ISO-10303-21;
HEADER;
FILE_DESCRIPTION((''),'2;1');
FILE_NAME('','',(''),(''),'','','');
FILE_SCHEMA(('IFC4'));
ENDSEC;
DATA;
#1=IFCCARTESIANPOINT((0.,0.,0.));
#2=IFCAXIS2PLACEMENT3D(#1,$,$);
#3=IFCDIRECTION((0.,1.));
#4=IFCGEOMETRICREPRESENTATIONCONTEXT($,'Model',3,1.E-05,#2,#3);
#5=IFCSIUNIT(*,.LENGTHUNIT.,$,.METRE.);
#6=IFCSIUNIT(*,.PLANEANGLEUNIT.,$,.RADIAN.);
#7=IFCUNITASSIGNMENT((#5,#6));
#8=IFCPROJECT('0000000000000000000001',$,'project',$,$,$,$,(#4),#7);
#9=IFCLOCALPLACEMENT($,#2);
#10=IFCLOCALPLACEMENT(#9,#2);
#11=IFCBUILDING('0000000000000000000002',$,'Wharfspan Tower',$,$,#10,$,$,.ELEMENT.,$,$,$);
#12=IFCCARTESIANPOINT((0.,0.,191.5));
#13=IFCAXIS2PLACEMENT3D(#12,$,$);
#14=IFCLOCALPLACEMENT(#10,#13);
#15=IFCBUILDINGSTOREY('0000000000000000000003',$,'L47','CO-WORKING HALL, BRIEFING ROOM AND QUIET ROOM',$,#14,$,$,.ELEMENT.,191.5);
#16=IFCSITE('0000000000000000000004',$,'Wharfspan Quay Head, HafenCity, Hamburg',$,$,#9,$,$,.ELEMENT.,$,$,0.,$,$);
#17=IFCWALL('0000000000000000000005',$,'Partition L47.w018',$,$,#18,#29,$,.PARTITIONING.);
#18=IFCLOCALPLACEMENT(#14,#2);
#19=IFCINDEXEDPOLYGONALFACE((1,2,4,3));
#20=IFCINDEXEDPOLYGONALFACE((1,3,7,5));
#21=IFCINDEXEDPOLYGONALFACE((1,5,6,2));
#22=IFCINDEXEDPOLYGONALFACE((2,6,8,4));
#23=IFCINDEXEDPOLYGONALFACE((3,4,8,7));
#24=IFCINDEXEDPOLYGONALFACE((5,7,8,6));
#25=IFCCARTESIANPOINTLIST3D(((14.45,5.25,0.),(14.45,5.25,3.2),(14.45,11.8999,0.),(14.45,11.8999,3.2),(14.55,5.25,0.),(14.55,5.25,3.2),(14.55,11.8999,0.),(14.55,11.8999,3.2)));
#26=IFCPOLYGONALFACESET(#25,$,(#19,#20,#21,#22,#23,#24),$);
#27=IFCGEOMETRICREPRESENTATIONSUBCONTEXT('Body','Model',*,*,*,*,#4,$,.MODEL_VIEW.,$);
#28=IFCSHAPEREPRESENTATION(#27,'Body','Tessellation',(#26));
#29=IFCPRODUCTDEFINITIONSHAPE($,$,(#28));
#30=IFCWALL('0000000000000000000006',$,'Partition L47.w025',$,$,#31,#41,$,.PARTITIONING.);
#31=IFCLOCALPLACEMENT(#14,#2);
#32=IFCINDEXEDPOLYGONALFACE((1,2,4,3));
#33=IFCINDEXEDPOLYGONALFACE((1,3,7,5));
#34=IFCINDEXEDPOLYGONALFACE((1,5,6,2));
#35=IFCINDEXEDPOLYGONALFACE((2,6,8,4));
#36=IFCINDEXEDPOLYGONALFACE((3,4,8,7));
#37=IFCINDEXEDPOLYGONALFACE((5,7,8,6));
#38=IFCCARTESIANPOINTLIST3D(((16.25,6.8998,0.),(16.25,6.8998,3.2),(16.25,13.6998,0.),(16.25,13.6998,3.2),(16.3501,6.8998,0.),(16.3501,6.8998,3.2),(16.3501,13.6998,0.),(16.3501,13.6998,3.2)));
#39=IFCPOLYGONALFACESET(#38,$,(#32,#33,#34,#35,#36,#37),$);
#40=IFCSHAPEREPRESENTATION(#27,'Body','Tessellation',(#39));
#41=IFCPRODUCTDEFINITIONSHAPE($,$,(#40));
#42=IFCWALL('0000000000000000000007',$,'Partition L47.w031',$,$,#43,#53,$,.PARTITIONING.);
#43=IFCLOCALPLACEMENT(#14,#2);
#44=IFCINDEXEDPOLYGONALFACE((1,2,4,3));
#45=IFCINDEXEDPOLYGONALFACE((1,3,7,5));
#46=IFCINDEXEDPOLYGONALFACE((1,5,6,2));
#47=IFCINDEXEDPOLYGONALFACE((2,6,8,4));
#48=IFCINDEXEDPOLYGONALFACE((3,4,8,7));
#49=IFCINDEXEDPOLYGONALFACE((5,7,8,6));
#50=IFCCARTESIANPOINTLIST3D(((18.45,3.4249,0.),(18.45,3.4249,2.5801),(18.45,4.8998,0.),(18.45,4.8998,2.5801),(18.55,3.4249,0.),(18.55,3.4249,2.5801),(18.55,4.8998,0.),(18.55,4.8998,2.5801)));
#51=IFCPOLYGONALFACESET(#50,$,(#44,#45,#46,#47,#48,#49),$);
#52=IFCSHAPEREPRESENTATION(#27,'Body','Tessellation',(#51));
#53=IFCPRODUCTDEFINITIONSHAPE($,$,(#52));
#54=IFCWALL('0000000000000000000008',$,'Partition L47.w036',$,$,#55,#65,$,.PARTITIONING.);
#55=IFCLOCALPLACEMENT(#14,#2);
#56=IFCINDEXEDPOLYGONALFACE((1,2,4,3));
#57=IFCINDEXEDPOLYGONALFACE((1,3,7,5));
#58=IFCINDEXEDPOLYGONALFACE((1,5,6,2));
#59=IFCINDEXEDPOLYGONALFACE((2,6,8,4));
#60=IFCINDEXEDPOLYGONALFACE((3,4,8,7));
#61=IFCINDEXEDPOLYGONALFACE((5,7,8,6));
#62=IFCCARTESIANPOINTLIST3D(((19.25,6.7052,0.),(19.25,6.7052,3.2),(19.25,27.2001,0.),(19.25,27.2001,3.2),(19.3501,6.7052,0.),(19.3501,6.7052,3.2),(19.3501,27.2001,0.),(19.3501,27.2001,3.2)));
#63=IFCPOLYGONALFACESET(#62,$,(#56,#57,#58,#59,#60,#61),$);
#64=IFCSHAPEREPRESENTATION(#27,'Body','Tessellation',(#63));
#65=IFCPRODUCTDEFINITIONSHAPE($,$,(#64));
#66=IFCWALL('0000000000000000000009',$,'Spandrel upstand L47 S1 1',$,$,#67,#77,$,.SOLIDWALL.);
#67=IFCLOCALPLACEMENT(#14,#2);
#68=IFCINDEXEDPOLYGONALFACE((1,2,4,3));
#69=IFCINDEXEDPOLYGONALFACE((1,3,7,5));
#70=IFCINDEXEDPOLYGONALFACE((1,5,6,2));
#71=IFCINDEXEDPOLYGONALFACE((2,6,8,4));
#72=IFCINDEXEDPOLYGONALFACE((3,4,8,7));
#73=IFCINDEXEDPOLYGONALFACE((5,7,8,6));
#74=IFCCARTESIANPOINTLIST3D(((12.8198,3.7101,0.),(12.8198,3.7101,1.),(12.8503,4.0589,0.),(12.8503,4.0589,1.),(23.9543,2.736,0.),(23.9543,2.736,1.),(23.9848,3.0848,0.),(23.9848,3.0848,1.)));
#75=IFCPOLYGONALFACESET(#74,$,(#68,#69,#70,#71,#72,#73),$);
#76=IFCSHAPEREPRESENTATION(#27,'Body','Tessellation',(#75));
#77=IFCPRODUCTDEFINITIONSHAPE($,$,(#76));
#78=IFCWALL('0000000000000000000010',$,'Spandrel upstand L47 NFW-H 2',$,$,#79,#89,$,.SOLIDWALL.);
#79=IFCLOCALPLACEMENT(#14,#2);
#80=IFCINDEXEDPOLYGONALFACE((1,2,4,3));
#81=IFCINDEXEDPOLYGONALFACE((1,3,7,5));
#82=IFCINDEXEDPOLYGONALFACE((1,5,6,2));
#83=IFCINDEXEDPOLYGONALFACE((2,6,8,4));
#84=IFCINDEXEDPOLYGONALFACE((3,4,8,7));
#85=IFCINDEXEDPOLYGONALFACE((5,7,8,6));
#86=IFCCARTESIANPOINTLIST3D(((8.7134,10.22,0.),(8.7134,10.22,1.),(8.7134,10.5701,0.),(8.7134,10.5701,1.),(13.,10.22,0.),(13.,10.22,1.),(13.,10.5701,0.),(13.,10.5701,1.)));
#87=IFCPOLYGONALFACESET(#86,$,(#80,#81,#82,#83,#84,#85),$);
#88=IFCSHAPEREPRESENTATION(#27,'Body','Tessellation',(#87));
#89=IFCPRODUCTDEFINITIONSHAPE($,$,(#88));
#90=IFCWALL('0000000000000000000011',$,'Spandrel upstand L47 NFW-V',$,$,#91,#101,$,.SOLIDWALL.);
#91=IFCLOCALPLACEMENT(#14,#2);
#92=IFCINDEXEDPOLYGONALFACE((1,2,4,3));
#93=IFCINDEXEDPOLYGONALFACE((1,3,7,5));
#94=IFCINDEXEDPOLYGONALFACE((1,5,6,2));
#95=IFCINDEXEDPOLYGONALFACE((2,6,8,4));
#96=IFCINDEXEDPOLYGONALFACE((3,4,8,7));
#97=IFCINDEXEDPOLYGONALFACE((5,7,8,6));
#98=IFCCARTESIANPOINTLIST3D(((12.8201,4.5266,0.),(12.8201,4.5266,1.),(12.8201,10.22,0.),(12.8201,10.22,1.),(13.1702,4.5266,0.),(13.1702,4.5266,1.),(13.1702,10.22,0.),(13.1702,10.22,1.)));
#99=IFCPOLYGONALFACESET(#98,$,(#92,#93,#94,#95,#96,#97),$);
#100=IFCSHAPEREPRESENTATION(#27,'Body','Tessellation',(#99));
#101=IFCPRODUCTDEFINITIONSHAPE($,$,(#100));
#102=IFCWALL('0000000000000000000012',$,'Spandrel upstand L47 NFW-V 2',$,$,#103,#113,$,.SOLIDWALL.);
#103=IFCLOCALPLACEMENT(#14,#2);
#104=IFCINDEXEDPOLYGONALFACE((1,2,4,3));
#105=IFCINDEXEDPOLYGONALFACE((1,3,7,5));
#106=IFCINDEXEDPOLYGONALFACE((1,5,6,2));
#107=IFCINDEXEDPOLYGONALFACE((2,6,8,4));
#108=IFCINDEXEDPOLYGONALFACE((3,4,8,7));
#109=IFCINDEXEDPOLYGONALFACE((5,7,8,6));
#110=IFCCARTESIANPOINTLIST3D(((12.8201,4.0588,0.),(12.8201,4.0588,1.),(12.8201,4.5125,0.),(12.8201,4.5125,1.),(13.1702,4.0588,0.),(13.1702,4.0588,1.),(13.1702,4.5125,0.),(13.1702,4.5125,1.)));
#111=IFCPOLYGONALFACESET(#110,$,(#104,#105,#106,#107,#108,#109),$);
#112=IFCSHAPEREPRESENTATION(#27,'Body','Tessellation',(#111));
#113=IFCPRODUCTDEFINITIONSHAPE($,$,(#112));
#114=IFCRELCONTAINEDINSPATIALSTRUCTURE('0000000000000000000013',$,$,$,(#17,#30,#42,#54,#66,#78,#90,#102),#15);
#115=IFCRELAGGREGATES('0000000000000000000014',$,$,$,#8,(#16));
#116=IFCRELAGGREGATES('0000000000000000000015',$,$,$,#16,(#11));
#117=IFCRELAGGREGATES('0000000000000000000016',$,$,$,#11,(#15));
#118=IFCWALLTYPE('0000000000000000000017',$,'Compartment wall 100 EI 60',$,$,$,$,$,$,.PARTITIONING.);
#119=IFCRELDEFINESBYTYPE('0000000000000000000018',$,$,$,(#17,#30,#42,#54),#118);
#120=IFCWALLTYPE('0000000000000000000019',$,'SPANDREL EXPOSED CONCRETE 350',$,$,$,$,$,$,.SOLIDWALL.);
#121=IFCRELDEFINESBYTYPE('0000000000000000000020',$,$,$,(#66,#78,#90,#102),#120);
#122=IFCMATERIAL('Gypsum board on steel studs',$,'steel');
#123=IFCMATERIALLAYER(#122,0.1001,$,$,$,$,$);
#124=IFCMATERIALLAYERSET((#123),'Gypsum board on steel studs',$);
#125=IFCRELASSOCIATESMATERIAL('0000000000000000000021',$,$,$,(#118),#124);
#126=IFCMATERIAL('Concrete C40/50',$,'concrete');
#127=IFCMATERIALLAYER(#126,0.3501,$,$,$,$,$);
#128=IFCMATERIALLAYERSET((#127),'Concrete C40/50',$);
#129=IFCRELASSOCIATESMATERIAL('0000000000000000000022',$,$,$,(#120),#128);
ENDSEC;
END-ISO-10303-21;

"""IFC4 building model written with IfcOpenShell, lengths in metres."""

from ifc_helpers import new_model, si_unit, direction, frame, frame_2d, origin, place, context, subcontext, project, spatial, rectangle, extrude, material, layer, layer_set, type_object, element, save


model = new_model("IFC4")

# Units and contexts
model_context = context("Model", 3, precision=1e-05, world=origin(), true_north=direction((0.0, 1.0)))
body_context = subcontext(model_context, "Body", "Model", "MODEL_VIEW")
ifc_project = project(units=[si_unit("LENGTHUNIT", "METRE"), si_unit("PLANEANGLEUNIT", "RADIAN")], contexts=[model_context])

# Site, building, storey
site_placement = place(None, origin())
site = spatial("IfcSite", under=ifc_project, at=site_placement, Name="Wharfspan Quay Head, HafenCity, Hamburg", CompositionType="ELEMENT", RefElevation=0.0)
building_placement = place(site_placement, origin())
building = spatial("IfcBuilding", under=site, at=building_placement, Name="Wharfspan Tower", CompositionType="ELEMENT")
storey_placement = place(building_placement, frame((0.0, 0.0, 191.5)))
storey = spatial("IfcBuildingStorey", under=building, at=storey_placement, Name="L47", Description="CO-WORKING HALL, BRIEFING ROOM AND QUIET ROOM", CompositionType="ELEMENT", Elevation=191.5)

# Shared definitions
ifc_material_1 = material(Name="Gypsum board on steel studs", Category="steel")
ifc_layer_1 = layer(ifc_material_1, 0.1001)
ifc_layer_set_1 = layer_set([ifc_layer_1], Name="Gypsum board on steel studs")
wall_type_1 = type_object("IfcWallType", Name="Compartment wall 100 EI 60", PredefinedType="PARTITIONING", material=ifc_layer_set_1)

# Walls
wall_1_placement = place(storey_placement, frame((14.5, 5.25, 0.0), z_axis=(0.0, 0.0, 1.0), x_axis=(0.0, 1.0, 0.0)))
element("IfcWall", 1, at=wall_1_placement, inside=storey, type_object=wall_type_1, Name="Partition L47.w018", PredefinedType="PARTITIONING", context=body_context, shape_type="SweptSolid", body=[
    extrude(rectangle(XDim=6.6499, YDim=0.1001, at=frame_2d((3.325, 0.0))), origin(), (0.0, 0.0, 1.0), 3.2),
])
wall_2_placement = place(storey_placement, frame((16.3, 6.8999, 0.0), z_axis=(0.0, 0.0, 1.0), x_axis=(0.0, 1.0, 0.0)))
element("IfcWall", 2, at=wall_2_placement, inside=storey, type_object=wall_type_1, Name="Partition L47.w025", PredefinedType="PARTITIONING", context=body_context, shape_type="SweptSolid", body=[
    extrude(rectangle(XDim=6.8, YDim=0.1001, at=frame_2d((3.3999, 0.0))), origin(), (0.0, 0.0, 1.0), 3.2),
])
wall_3_placement = place(storey_placement, frame((18.5, 3.425, 0.0), z_axis=(0.0, 0.0, 1.0), x_axis=(0.0, 1.0, 0.0)))
element("IfcWall", 3, at=wall_3_placement, inside=storey, type_object=wall_type_1, Name="Partition L47.w031", PredefinedType="PARTITIONING", context=body_context, shape_type="SweptSolid", body=[
    extrude(rectangle(XDim=1.4749, YDim=0.1001, at=frame_2d((0.7373, 0.0))), origin(), (0.0, 0.0, 1.0), 2.5801),
])
wall_4_placement = place(storey_placement, frame((19.3, 6.7051, 0.0), z_axis=(0.0, 0.0, 1.0), x_axis=(0.0, 1.0, 0.0)))
element("IfcWall", 4, at=wall_4_placement, inside=storey, type_object=wall_type_1, Name="Partition L47.w036", PredefinedType="PARTITIONING", context=body_context, shape_type="SweptSolid", body=[
    extrude(rectangle(XDim=20.4949, YDim=0.1001, at=frame_2d((10.2476, 0.0))), origin(), (0.0, 0.0, 1.0), 3.2),
])
ifc_material_2 = material(Name="Concrete C40/50", Category="concrete")
ifc_layer_2 = layer(ifc_material_2, 0.3501)
ifc_layer_set_2 = layer_set([ifc_layer_2], Name="Concrete C40/50")
wall_type_2 = type_object("IfcWallType", Name="SPANDREL EXPOSED CONCRETE 350", PredefinedType="SOLIDWALL", material=ifc_layer_set_2)
wall_5_placement = place(storey_placement, frame((12.8352, 3.8845, 0.0), z_axis=(0.0, 0.0, 1.0), x_axis=(0.996199, -0.087154, 0.0)))
element("IfcWall", 5, at=wall_5_placement, inside=storey, type_object=wall_type_2, Name="Spandrel upstand L47 S1 1", PredefinedType="SOLIDWALL", context=body_context, shape_type="SweptSolid", body=[
    extrude(rectangle(XDim=11.177, YDim=0.3501, at=frame_2d((5.5884, 0.0))), origin(), (0.0, 0.0, 1.0), 1.0),
])
wall_6_placement = place(storey_placement, frame((8.7134, 10.395, 0.0), z_axis=(0.0, 0.0, 1.0), x_axis=(1.0, 0.0, 0.0)))
element("IfcWall", 6, at=wall_6_placement, inside=storey, type_object=wall_type_2, Name="Spandrel upstand L47 NFW-H 2", PredefinedType="SOLIDWALL", context=body_context, shape_type="SweptSolid", body=[
    extrude(rectangle(XDim=4.2866, YDim=0.3501, at=frame_2d((2.1433, 0.0))), origin(), (0.0, 0.0, 1.0), 1.0),
])
wall_7_placement = place(storey_placement, frame((12.9951, 10.22, 0.0), z_axis=(0.0, 0.0, 1.0), x_axis=(0.0, -1.0, 0.0)))
element("IfcWall", 7, at=wall_7_placement, inside=storey, type_object=wall_type_2, Name="Spandrel upstand L47 NFW-V", PredefinedType="SOLIDWALL", context=body_context, shape_type="SweptSolid", body=[
    extrude(rectangle(XDim=5.6934, YDim=0.3501, at=frame_2d((2.8467, 0.0))), origin(), (0.0, 0.0, 1.0), 1.0),
])
wall_8_placement = place(storey_placement, frame((12.9951, 4.5125, 0.0), z_axis=(0.0, 0.0, 1.0), x_axis=(0.0, -1.0, 0.0)))
element("IfcWall", 8, at=wall_8_placement, inside=storey, type_object=wall_type_2, Name="Spandrel upstand L47 NFW-V 2", PredefinedType="SOLIDWALL", context=body_context, shape_type="SweptSolid", body=[
    extrude(rectangle(XDim=0.4536, YDim=0.3501, at=frame_2d((0.2268, 0.0))), origin(), (0.0, 0.0, 1.0), 1.0),
])

save(model, "model.ifc")
